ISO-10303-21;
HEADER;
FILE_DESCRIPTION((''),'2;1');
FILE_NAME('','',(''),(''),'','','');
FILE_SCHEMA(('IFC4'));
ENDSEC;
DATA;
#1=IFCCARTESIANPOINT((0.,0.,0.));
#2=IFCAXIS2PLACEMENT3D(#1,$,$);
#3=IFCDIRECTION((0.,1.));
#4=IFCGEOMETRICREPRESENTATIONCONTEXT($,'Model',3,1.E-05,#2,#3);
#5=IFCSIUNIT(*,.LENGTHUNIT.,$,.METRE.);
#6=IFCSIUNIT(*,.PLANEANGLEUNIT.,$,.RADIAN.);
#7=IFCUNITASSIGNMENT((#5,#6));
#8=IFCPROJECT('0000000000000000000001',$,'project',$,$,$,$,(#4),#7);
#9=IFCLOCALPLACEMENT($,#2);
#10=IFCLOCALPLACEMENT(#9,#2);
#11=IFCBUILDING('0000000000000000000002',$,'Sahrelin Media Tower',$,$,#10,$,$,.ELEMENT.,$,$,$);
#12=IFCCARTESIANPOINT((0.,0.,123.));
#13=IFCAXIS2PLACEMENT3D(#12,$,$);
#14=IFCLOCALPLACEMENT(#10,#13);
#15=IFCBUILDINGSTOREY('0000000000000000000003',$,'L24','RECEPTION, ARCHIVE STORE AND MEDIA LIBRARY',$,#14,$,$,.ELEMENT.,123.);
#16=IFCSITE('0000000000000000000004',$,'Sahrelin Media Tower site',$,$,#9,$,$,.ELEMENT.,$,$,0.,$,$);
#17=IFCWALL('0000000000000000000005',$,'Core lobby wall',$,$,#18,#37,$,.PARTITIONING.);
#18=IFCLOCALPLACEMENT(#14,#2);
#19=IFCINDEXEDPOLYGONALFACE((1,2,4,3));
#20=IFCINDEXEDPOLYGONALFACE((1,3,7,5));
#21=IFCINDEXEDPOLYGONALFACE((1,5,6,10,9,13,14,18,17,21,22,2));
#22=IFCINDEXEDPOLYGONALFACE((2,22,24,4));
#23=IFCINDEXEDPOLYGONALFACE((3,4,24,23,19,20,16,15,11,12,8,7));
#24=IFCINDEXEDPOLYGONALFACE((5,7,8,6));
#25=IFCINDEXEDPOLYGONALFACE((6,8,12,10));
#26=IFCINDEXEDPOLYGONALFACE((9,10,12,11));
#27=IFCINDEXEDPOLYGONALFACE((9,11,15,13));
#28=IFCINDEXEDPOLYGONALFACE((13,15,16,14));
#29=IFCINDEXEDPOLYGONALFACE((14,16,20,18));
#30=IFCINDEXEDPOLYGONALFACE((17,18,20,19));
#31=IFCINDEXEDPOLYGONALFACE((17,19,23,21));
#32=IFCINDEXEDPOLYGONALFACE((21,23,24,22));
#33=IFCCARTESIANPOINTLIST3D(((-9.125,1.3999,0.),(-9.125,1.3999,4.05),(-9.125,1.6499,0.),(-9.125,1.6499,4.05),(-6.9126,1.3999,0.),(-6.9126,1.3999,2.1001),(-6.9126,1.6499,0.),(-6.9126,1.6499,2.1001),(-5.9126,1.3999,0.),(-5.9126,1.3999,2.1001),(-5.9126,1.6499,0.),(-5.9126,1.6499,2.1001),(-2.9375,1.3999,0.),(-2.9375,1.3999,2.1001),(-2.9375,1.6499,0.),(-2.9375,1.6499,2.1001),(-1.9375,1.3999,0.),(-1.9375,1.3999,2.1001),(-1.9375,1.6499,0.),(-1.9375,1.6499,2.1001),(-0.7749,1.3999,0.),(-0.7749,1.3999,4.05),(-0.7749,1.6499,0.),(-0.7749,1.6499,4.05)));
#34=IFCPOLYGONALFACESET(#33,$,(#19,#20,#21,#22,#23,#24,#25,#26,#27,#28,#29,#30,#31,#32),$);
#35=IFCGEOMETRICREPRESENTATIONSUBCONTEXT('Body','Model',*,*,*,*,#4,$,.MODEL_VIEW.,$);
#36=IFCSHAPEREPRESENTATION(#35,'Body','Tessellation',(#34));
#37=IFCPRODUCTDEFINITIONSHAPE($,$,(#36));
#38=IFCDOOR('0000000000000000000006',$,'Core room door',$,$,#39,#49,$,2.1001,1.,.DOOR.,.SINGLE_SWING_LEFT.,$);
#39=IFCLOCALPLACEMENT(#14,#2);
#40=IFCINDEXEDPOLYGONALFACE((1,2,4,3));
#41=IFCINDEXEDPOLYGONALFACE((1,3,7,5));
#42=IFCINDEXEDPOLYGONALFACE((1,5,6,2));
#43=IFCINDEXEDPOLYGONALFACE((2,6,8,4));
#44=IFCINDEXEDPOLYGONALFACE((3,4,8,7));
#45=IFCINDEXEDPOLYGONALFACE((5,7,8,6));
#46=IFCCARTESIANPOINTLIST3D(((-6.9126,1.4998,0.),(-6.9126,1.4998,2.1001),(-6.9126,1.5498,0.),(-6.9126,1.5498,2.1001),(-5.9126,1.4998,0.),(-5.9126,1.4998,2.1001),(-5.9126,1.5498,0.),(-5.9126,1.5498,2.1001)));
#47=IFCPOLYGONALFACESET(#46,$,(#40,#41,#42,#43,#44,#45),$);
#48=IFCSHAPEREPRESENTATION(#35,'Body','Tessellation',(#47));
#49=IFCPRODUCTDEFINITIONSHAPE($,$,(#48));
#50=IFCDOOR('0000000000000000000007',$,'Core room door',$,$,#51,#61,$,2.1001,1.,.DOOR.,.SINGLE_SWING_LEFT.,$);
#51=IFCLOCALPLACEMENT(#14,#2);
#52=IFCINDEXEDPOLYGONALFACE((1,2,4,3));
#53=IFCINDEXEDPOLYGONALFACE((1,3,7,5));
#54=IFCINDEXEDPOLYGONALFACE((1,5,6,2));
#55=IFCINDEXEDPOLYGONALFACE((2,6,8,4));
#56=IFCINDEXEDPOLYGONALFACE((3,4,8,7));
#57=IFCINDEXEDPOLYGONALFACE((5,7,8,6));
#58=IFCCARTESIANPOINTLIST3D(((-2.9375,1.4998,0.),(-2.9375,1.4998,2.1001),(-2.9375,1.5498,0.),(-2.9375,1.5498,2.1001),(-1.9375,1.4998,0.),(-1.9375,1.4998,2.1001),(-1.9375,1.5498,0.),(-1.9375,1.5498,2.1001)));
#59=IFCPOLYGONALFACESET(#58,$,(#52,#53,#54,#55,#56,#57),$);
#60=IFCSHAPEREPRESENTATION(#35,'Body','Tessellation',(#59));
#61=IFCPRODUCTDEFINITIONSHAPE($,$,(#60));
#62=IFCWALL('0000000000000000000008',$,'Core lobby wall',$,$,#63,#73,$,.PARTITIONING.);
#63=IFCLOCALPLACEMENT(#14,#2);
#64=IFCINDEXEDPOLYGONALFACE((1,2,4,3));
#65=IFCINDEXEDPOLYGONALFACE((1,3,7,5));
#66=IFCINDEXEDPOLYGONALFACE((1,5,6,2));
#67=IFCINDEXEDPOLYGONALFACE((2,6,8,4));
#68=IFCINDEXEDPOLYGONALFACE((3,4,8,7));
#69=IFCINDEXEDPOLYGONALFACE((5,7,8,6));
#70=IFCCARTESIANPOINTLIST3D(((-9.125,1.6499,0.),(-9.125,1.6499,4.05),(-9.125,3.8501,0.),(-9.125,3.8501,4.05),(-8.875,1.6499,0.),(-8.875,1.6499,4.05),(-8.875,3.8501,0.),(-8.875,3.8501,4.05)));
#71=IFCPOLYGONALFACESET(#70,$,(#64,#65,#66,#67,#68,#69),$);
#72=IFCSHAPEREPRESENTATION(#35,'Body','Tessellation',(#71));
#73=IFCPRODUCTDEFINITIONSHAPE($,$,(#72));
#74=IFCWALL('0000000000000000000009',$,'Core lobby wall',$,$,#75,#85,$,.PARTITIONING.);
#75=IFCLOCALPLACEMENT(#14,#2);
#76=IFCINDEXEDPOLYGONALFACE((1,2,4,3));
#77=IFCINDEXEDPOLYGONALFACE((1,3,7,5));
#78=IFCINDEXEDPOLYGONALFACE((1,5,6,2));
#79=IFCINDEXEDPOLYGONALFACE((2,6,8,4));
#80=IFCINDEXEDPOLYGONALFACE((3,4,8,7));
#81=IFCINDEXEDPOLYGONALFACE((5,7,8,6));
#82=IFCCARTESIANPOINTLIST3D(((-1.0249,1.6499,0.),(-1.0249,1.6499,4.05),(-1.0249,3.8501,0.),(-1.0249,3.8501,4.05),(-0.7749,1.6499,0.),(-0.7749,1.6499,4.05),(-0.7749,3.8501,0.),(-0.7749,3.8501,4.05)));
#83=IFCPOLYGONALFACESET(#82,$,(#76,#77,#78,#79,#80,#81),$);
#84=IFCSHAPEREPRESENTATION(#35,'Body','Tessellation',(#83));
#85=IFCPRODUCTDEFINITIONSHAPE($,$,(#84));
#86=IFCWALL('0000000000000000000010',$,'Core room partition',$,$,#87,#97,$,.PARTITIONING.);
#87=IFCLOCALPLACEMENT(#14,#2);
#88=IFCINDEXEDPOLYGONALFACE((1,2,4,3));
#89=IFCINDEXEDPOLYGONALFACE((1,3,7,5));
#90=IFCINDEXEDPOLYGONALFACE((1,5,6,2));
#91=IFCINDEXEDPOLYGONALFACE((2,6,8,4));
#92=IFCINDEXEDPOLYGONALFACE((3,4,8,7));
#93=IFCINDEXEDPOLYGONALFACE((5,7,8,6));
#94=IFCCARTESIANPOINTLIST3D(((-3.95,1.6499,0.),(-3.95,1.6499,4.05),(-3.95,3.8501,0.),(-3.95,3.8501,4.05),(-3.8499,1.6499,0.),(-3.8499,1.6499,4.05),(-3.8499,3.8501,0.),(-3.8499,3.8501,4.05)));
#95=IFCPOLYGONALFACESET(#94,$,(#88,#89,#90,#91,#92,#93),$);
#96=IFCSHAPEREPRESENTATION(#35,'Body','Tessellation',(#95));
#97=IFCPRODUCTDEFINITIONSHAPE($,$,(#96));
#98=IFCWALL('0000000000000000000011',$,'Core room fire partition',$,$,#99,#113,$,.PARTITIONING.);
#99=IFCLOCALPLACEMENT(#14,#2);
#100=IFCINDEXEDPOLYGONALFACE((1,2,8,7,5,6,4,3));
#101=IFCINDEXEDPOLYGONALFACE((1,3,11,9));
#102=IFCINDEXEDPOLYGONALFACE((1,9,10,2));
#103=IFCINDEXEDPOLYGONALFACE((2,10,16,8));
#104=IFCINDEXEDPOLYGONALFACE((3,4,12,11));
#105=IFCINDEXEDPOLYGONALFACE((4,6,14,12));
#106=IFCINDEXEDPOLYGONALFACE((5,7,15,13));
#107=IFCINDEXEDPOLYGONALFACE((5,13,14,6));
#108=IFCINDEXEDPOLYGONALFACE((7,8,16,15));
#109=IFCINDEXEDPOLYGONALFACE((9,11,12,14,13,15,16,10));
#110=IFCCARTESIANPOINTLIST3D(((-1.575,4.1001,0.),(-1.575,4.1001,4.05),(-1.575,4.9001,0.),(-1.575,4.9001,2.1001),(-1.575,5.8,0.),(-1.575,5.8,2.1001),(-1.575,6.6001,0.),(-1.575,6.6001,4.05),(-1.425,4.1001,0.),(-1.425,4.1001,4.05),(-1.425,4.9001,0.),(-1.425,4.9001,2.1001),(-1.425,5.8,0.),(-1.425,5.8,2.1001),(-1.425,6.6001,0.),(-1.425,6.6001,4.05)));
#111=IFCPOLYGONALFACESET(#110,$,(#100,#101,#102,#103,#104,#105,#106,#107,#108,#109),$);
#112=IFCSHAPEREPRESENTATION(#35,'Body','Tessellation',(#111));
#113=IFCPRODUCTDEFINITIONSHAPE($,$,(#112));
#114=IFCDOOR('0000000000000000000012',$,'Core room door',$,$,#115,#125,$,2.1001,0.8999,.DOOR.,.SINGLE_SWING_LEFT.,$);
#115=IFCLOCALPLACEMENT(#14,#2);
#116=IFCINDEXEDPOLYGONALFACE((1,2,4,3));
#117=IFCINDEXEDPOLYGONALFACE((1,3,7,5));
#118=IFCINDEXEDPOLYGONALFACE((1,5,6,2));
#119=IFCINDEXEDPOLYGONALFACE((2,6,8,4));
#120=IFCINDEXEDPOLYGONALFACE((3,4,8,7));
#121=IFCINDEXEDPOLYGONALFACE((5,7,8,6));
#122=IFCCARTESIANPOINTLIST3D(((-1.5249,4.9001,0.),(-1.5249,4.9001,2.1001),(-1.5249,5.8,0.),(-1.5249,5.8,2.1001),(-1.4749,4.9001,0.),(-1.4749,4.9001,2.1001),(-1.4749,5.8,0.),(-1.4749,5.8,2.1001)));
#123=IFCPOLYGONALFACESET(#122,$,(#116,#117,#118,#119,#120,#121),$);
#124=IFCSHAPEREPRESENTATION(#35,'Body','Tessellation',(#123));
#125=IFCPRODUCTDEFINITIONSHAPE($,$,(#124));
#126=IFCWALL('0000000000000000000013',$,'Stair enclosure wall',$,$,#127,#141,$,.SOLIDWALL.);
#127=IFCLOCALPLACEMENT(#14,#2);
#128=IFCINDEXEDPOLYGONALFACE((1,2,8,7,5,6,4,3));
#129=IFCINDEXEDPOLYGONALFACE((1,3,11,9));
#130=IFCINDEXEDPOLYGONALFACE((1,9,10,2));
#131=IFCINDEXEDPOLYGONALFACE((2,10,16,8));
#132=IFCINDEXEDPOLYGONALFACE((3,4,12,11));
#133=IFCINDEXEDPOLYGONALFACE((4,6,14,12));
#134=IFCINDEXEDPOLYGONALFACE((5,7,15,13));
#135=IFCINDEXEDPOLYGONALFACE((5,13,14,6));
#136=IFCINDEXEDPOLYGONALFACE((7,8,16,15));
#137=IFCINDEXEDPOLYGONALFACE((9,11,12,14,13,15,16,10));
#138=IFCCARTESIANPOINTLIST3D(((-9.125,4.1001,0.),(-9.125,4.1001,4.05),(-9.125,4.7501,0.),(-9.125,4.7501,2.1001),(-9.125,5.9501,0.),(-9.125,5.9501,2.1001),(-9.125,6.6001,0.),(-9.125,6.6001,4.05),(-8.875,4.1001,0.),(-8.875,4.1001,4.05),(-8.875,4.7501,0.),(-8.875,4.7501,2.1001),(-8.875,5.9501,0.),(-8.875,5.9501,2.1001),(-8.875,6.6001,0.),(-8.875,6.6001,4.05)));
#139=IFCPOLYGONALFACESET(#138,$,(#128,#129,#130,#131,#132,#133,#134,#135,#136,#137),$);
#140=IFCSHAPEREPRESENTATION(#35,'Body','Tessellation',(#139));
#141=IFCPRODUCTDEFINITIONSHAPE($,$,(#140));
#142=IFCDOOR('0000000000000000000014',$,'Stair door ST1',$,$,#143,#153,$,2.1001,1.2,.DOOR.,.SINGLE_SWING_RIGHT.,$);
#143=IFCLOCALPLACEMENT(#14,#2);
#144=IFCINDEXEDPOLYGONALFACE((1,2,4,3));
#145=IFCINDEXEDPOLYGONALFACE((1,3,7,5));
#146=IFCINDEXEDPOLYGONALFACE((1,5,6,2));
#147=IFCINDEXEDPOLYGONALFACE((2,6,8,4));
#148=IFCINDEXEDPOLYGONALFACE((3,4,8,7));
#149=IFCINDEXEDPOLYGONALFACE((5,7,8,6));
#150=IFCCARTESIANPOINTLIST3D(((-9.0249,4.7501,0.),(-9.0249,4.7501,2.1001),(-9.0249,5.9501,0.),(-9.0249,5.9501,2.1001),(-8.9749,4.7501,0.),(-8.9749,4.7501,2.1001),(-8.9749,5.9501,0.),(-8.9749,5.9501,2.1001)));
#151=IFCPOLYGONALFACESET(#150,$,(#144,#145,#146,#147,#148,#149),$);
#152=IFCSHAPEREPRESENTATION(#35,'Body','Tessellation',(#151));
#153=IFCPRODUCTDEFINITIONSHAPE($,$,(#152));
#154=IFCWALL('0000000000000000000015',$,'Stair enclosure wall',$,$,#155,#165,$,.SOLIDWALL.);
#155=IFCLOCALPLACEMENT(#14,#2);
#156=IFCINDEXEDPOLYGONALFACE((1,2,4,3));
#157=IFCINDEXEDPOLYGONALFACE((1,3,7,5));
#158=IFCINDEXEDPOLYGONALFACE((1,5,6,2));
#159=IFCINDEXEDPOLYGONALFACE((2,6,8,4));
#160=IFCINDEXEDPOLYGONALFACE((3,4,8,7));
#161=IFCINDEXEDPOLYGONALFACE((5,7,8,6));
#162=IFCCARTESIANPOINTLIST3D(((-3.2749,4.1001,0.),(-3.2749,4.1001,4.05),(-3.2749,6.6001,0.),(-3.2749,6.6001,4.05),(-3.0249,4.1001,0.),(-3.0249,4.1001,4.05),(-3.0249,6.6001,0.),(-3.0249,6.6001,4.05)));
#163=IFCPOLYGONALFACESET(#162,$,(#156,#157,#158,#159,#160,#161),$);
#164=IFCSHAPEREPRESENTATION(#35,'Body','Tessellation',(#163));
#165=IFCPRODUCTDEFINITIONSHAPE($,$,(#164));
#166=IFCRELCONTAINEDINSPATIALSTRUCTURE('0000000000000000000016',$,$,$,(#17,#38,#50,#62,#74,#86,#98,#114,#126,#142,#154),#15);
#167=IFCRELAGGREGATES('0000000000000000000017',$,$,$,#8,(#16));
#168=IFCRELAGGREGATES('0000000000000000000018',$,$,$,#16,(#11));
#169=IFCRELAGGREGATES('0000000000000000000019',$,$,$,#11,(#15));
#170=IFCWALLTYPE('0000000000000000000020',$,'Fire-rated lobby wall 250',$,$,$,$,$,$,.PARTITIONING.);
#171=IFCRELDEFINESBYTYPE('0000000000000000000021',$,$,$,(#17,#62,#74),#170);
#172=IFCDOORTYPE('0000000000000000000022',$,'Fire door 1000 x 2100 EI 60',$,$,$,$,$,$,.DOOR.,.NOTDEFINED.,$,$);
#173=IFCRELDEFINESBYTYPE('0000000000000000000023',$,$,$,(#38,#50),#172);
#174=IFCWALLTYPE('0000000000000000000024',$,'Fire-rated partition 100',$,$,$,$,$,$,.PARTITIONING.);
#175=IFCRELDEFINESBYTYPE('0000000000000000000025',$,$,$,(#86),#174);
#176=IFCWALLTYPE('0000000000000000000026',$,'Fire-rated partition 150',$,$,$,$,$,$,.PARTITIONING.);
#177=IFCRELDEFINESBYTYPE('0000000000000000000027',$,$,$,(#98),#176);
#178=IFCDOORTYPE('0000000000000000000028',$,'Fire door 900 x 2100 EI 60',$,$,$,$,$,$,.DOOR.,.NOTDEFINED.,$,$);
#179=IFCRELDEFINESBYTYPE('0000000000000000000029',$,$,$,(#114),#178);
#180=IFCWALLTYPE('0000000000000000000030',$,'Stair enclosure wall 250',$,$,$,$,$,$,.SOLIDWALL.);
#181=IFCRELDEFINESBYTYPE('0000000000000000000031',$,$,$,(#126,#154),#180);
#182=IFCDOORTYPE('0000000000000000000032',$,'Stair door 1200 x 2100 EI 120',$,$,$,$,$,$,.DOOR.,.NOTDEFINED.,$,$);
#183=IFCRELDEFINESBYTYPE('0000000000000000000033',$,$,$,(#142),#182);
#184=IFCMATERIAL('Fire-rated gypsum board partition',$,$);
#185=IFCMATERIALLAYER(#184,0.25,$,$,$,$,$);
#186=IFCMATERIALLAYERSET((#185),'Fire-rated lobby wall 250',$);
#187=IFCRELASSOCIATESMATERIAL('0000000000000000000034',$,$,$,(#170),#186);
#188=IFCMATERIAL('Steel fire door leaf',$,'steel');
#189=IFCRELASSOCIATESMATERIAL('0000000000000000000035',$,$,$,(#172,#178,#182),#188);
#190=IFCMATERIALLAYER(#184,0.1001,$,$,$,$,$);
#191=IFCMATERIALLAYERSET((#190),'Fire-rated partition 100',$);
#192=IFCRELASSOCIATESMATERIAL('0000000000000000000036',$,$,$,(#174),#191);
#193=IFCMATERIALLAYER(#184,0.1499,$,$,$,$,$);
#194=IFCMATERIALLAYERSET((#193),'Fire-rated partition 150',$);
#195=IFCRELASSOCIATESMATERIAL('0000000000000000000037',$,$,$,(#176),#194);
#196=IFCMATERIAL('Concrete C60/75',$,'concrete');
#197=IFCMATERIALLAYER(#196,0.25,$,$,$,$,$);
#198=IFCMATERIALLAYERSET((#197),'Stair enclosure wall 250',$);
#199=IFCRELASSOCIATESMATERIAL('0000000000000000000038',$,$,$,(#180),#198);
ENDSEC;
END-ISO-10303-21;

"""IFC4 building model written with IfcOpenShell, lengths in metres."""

from ifc_helpers import new_model, si_unit, direction, frame, frame_2d, origin, place, context, subcontext, project, spatial, rectangle, extrude, material, layer, layer_set, type_object, element, fill, save


model = new_model("IFC4")

# Units and contexts
model_context = context("Model", 3, precision=1e-05, world=origin(), true_north=direction((0.0, 1.0)))
body_context = subcontext(model_context, "Body", "Model", "MODEL_VIEW")
ifc_project = project(units=[si_unit("LENGTHUNIT", "METRE"), si_unit("PLANEANGLEUNIT", "RADIAN")], contexts=[model_context])

# Site, building, storey
site_placement = place(None, origin())
site = spatial("IfcSite", under=ifc_project, at=site_placement, Name="Sahrelin Media Tower site", CompositionType="ELEMENT", RefElevation=0.0)
building_placement = place(site_placement, origin())
building = spatial("IfcBuilding", under=site, at=building_placement, Name="Sahrelin Media Tower", CompositionType="ELEMENT")
storey_placement = place(building_placement, frame((0.0, 0.0, 123.0)))
storey = spatial("IfcBuildingStorey", under=building, at=storey_placement, Name="L24", Description="RECEPTION, ARCHIVE STORE AND MEDIA LIBRARY", CompositionType="ELEMENT", Elevation=123.0)

# Shared definitions
ifc_material_1 = material(Name="Concrete C60/75", Category="concrete")

# Shared definitions
ifc_material_2 = material(Name="Fire-rated gypsum board partition")
ifc_layer_1 = layer(ifc_material_2, 0.25)
ifc_layer_set_1 = layer_set([ifc_layer_1], Name="Fire-rated lobby wall 250")
wall_type_1 = type_object("IfcWallType", Name="Fire-rated lobby wall 250", PredefinedType="PARTITIONING", material=ifc_layer_set_1)
ifc_material_3 = material(Name="Steel fire door leaf", Category="steel")

# Wall, openings, doors
wall_1_placement = place(storey_placement, frame((-9.125, 1.5249, 0.0), z_axis=(0.0, 0.0, 1.0), x_axis=(1.0, 0.0, 0.0)))
wall_1 = element("IfcWall", 1, at=wall_1_placement, inside=storey, type_object=wall_type_1, Name="Core lobby wall", PredefinedType="PARTITIONING", context=body_context, shape_type="SweptSolid", body=[
    extrude(rectangle(XDim=8.3501, YDim=0.25, at=frame_2d((4.175, 0.0))), origin(), (0.0, 0.0, 1.0), 4.05),
])
opening_1_placement = place(wall_1_placement, frame((2.2124, 0.0, 0.0)))
opening_1 = element("IfcOpeningElement", 2, at=opening_1_placement, cuts=wall_1, PredefinedType="OPENING", context=body_context, shape_type="SweptSolid", body=[
    extrude(rectangle(XDim=1.0, YDim=2.1001, at=frame_2d((0.5, 1.05))), frame((0.0, 0.125, 0.0), z_axis=(0.0, -1.0, 0.0), x_axis=(1.0, 0.0, 0.0)), (0.0, 0.0, 1.0), 0.25),
])
opening_2_placement = place(wall_1_placement, frame((6.1875, 0.0, 0.0)))
opening_2 = element("IfcOpeningElement", 3, at=opening_2_placement, cuts=wall_1, PredefinedType="OPENING", context=body_context, shape_type="SweptSolid", body=[
    extrude(rectangle(XDim=1.0, YDim=2.1001, at=frame_2d((0.5, 1.05))), frame((0.0, 0.125, 0.0), z_axis=(0.0, -1.0, 0.0), x_axis=(1.0, 0.0, 0.0)), (0.0, 0.0, 1.0), 0.25),
])
door_type_1 = type_object("IfcDoorType", Name="Fire door 1000 x 2100 EI 60", OperationType="NOTDEFINED", PredefinedType="DOOR", material=ifc_material_3)
door_1_placement = place(opening_1_placement, origin())
door_1 = element("IfcDoor", 4, at=door_1_placement, inside=storey, type_object=door_type_1, Name="Core room door", OperationType="SINGLE_SWING_LEFT", OverallHeight=2.1001, OverallWidth=1.0, PredefinedType="DOOR", context=body_context, shape_type="SweptSolid", body=[
    extrude(rectangle(XDim=1.0, YDim=2.1001, at=frame_2d((0.5, 1.05))), frame((0.0, 0.0249, 0.0), z_axis=(0.0, -1.0, 0.0), x_axis=(1.0, 0.0, 0.0)), (0.0, 0.0, 1.0), 0.05),
])
fill(opening_1, door_1)
door_2_placement = place(opening_2_placement, origin())
door_2 = element("IfcDoor", 5, at=door_2_placement, inside=storey, type_object=door_type_1, Name="Core room door", OperationType="SINGLE_SWING_LEFT", OverallHeight=2.1001, OverallWidth=1.0, PredefinedType="DOOR", context=body_context, shape_type="SweptSolid", body=[
    extrude(rectangle(XDim=1.0, YDim=2.1001, at=frame_2d((0.5, 1.05))), frame((0.0, 0.0249, 0.0), z_axis=(0.0, -1.0, 0.0), x_axis=(1.0, 0.0, 0.0)), (0.0, 0.0, 1.0), 0.05),
])
fill(opening_2, door_2)

# Walls
for number, where, z_axis, x_axis, name in (
    (6, (-9.0, 1.6499, 0.0), (0.0, 0.0, 1.0), (0.0, 1.0, 0.0), "Core lobby wall"),
    (7, (-0.8999, 1.6499, 0.0), (0.0, 0.0, 1.0), (0.0, 1.0, 0.0), "Core lobby wall"),
):
    element("IfcWall", number, at=place(storey_placement, frame(where, z_axis=z_axis, x_axis=x_axis)), inside=storey, type_object=wall_type_1, Name=name, PredefinedType="PARTITIONING", context=body_context, shape_type="SweptSolid", body=[
        extrude(rectangle(XDim=2.2002, YDim=0.25, at=frame_2d((1.1001, 0.0))), origin(), (0.0, 0.0, 1.0), 4.05),
    ])
ifc_layer_2 = layer(ifc_material_2, 0.1001)
ifc_layer_set_2 = layer_set([ifc_layer_2], Name="Fire-rated partition 100")
wall_type_2 = type_object("IfcWallType", Name="Fire-rated partition 100", PredefinedType="PARTITIONING", material=ifc_layer_set_2)
wall_2_placement = place(storey_placement, frame((-3.8999, 1.6499, 0.0), z_axis=(0.0, 0.0, 1.0), x_axis=(0.0, 1.0, 0.0)))
element("IfcWall", 8, at=wall_2_placement, inside=storey, type_object=wall_type_2, Name="Core room partition", PredefinedType="PARTITIONING", context=body_context, shape_type="SweptSolid", body=[
    extrude(rectangle(XDim=2.2002, YDim=0.1001, at=frame_2d((1.1001, 0.0))), origin(), (0.0, 0.0, 1.0), 4.05),
])

# Walls, openings, doors
ifc_layer_3 = layer(ifc_material_2, 0.1499)
ifc_layer_set_3 = layer_set([ifc_layer_3], Name="Fire-rated partition 150")
wall_type_3 = type_object("IfcWallType", Name="Fire-rated partition 150", PredefinedType="PARTITIONING", material=ifc_layer_set_3)
wall_3_placement = place(storey_placement, frame((-1.5, 4.1001, 0.0), z_axis=(0.0, 0.0, 1.0), x_axis=(0.0, 1.0, 0.0)))
wall_3 = element("IfcWall", 9, at=wall_3_placement, inside=storey, type_object=wall_type_3, Name="Core room fire partition", PredefinedType="PARTITIONING", context=body_context, shape_type="SweptSolid", body=[
    extrude(rectangle(XDim=2.5, YDim=0.1499, at=frame_2d((1.25, 0.0))), origin(), (0.0, 0.0, 1.0), 4.05),
])
opening_3_placement = place(wall_3_placement, frame((0.8, 0.0, 0.0)))
opening_3 = element("IfcOpeningElement", 10, at=opening_3_placement, cuts=wall_3, PredefinedType="OPENING", context=body_context, shape_type="SweptSolid", body=[
    extrude(rectangle(XDim=0.8999, YDim=2.1001, at=frame_2d((0.45, 1.05))), frame((0.0, 0.075, 0.0), z_axis=(0.0, -1.0, 0.0), x_axis=(1.0, 0.0, 0.0)), (0.0, 0.0, 1.0), 0.1499),
])
door_type_2 = type_object("IfcDoorType", Name="Fire door 900 x 2100 EI 60", OperationType="NOTDEFINED", PredefinedType="DOOR", material=ifc_material_3)
door_3_placement = place(opening_3_placement, origin())
door_3 = element("IfcDoor", 11, at=door_3_placement, inside=storey, type_object=door_type_2, Name="Core room door", OperationType="SINGLE_SWING_LEFT", OverallHeight=2.1001, OverallWidth=0.8999, PredefinedType="DOOR", context=body_context, shape_type="SweptSolid", body=[
    extrude(rectangle(XDim=0.8999, YDim=2.1001, at=frame_2d((0.45, 1.05))), frame((0.0, 0.0249, 0.0), z_axis=(0.0, -1.0, 0.0), x_axis=(1.0, 0.0, 0.0)), (0.0, 0.0, 1.0), 0.05),
])
fill(opening_3, door_3)
ifc_layer_4 = layer(ifc_material_1, 0.25)
ifc_layer_set_4 = layer_set([ifc_layer_4], Name="Stair enclosure wall 250")
wall_type_4 = type_object("IfcWallType", Name="Stair enclosure wall 250", PredefinedType="SOLIDWALL", material=ifc_layer_set_4)
wall_4_placement = place(storey_placement, frame((-9.0, 4.1001, 0.0), z_axis=(0.0, 0.0, 1.0), x_axis=(0.0, 1.0, 0.0)))
wall_4 = element("IfcWall", 12, at=wall_4_placement, inside=storey, type_object=wall_type_4, Name="Stair enclosure wall", PredefinedType="SOLIDWALL", context=body_context, shape_type="SweptSolid", body=[
    extrude(rectangle(XDim=2.5, YDim=0.25, at=frame_2d((1.25, 0.0))), origin(), (0.0, 0.0, 1.0), 4.05),
])
opening_4_placement = place(wall_4_placement, frame((0.6499, 0.0, 0.0)))
opening_4 = element("IfcOpeningElement", 13, at=opening_4_placement, cuts=wall_4, PredefinedType="OPENING", context=body_context, shape_type="SweptSolid", body=[
    extrude(rectangle(XDim=1.2, YDim=2.1001, at=frame_2d((0.6001, 1.05))), frame((0.0, 0.125, 0.0), z_axis=(0.0, -1.0, 0.0), x_axis=(1.0, 0.0, 0.0)), (0.0, 0.0, 1.0), 0.25),
])
door_type_3 = type_object("IfcDoorType", Name="Stair door 1200 x 2100 EI 120", OperationType="NOTDEFINED", PredefinedType="DOOR", material=ifc_material_3)
door_4_placement = place(opening_4_placement, origin())
door_4 = element("IfcDoor", 14, at=door_4_placement, inside=storey, type_object=door_type_3, Name="Stair door ST1", OperationType="SINGLE_SWING_RIGHT", OverallHeight=2.1001, OverallWidth=1.2, PredefinedType="DOOR", context=body_context, shape_type="SweptSolid", body=[
    extrude(rectangle(XDim=1.2, YDim=2.1001, at=frame_2d((0.6001, 1.05))), frame((0.0, 0.0249, 0.0), z_axis=(0.0, -1.0, 0.0), x_axis=(1.0, 0.0, 0.0)), (0.0, 0.0, 1.0), 0.05),
])
fill(opening_4, door_4)

# Wall
wall_5_placement = place(storey_placement, frame((-3.1499, 4.1001, 0.0), z_axis=(0.0, 0.0, 1.0), x_axis=(0.0, 1.0, 0.0)))
element("IfcWall", 15, at=wall_5_placement, inside=storey, type_object=wall_type_4, Name="Stair enclosure wall", PredefinedType="SOLIDWALL", context=body_context, shape_type="SweptSolid", body=[
    extrude(rectangle(XDim=2.5, YDim=0.25, at=frame_2d((1.25, 0.0))), origin(), (0.0, 0.0, 1.0), 4.05),
])

save(model, "model.ifc")
